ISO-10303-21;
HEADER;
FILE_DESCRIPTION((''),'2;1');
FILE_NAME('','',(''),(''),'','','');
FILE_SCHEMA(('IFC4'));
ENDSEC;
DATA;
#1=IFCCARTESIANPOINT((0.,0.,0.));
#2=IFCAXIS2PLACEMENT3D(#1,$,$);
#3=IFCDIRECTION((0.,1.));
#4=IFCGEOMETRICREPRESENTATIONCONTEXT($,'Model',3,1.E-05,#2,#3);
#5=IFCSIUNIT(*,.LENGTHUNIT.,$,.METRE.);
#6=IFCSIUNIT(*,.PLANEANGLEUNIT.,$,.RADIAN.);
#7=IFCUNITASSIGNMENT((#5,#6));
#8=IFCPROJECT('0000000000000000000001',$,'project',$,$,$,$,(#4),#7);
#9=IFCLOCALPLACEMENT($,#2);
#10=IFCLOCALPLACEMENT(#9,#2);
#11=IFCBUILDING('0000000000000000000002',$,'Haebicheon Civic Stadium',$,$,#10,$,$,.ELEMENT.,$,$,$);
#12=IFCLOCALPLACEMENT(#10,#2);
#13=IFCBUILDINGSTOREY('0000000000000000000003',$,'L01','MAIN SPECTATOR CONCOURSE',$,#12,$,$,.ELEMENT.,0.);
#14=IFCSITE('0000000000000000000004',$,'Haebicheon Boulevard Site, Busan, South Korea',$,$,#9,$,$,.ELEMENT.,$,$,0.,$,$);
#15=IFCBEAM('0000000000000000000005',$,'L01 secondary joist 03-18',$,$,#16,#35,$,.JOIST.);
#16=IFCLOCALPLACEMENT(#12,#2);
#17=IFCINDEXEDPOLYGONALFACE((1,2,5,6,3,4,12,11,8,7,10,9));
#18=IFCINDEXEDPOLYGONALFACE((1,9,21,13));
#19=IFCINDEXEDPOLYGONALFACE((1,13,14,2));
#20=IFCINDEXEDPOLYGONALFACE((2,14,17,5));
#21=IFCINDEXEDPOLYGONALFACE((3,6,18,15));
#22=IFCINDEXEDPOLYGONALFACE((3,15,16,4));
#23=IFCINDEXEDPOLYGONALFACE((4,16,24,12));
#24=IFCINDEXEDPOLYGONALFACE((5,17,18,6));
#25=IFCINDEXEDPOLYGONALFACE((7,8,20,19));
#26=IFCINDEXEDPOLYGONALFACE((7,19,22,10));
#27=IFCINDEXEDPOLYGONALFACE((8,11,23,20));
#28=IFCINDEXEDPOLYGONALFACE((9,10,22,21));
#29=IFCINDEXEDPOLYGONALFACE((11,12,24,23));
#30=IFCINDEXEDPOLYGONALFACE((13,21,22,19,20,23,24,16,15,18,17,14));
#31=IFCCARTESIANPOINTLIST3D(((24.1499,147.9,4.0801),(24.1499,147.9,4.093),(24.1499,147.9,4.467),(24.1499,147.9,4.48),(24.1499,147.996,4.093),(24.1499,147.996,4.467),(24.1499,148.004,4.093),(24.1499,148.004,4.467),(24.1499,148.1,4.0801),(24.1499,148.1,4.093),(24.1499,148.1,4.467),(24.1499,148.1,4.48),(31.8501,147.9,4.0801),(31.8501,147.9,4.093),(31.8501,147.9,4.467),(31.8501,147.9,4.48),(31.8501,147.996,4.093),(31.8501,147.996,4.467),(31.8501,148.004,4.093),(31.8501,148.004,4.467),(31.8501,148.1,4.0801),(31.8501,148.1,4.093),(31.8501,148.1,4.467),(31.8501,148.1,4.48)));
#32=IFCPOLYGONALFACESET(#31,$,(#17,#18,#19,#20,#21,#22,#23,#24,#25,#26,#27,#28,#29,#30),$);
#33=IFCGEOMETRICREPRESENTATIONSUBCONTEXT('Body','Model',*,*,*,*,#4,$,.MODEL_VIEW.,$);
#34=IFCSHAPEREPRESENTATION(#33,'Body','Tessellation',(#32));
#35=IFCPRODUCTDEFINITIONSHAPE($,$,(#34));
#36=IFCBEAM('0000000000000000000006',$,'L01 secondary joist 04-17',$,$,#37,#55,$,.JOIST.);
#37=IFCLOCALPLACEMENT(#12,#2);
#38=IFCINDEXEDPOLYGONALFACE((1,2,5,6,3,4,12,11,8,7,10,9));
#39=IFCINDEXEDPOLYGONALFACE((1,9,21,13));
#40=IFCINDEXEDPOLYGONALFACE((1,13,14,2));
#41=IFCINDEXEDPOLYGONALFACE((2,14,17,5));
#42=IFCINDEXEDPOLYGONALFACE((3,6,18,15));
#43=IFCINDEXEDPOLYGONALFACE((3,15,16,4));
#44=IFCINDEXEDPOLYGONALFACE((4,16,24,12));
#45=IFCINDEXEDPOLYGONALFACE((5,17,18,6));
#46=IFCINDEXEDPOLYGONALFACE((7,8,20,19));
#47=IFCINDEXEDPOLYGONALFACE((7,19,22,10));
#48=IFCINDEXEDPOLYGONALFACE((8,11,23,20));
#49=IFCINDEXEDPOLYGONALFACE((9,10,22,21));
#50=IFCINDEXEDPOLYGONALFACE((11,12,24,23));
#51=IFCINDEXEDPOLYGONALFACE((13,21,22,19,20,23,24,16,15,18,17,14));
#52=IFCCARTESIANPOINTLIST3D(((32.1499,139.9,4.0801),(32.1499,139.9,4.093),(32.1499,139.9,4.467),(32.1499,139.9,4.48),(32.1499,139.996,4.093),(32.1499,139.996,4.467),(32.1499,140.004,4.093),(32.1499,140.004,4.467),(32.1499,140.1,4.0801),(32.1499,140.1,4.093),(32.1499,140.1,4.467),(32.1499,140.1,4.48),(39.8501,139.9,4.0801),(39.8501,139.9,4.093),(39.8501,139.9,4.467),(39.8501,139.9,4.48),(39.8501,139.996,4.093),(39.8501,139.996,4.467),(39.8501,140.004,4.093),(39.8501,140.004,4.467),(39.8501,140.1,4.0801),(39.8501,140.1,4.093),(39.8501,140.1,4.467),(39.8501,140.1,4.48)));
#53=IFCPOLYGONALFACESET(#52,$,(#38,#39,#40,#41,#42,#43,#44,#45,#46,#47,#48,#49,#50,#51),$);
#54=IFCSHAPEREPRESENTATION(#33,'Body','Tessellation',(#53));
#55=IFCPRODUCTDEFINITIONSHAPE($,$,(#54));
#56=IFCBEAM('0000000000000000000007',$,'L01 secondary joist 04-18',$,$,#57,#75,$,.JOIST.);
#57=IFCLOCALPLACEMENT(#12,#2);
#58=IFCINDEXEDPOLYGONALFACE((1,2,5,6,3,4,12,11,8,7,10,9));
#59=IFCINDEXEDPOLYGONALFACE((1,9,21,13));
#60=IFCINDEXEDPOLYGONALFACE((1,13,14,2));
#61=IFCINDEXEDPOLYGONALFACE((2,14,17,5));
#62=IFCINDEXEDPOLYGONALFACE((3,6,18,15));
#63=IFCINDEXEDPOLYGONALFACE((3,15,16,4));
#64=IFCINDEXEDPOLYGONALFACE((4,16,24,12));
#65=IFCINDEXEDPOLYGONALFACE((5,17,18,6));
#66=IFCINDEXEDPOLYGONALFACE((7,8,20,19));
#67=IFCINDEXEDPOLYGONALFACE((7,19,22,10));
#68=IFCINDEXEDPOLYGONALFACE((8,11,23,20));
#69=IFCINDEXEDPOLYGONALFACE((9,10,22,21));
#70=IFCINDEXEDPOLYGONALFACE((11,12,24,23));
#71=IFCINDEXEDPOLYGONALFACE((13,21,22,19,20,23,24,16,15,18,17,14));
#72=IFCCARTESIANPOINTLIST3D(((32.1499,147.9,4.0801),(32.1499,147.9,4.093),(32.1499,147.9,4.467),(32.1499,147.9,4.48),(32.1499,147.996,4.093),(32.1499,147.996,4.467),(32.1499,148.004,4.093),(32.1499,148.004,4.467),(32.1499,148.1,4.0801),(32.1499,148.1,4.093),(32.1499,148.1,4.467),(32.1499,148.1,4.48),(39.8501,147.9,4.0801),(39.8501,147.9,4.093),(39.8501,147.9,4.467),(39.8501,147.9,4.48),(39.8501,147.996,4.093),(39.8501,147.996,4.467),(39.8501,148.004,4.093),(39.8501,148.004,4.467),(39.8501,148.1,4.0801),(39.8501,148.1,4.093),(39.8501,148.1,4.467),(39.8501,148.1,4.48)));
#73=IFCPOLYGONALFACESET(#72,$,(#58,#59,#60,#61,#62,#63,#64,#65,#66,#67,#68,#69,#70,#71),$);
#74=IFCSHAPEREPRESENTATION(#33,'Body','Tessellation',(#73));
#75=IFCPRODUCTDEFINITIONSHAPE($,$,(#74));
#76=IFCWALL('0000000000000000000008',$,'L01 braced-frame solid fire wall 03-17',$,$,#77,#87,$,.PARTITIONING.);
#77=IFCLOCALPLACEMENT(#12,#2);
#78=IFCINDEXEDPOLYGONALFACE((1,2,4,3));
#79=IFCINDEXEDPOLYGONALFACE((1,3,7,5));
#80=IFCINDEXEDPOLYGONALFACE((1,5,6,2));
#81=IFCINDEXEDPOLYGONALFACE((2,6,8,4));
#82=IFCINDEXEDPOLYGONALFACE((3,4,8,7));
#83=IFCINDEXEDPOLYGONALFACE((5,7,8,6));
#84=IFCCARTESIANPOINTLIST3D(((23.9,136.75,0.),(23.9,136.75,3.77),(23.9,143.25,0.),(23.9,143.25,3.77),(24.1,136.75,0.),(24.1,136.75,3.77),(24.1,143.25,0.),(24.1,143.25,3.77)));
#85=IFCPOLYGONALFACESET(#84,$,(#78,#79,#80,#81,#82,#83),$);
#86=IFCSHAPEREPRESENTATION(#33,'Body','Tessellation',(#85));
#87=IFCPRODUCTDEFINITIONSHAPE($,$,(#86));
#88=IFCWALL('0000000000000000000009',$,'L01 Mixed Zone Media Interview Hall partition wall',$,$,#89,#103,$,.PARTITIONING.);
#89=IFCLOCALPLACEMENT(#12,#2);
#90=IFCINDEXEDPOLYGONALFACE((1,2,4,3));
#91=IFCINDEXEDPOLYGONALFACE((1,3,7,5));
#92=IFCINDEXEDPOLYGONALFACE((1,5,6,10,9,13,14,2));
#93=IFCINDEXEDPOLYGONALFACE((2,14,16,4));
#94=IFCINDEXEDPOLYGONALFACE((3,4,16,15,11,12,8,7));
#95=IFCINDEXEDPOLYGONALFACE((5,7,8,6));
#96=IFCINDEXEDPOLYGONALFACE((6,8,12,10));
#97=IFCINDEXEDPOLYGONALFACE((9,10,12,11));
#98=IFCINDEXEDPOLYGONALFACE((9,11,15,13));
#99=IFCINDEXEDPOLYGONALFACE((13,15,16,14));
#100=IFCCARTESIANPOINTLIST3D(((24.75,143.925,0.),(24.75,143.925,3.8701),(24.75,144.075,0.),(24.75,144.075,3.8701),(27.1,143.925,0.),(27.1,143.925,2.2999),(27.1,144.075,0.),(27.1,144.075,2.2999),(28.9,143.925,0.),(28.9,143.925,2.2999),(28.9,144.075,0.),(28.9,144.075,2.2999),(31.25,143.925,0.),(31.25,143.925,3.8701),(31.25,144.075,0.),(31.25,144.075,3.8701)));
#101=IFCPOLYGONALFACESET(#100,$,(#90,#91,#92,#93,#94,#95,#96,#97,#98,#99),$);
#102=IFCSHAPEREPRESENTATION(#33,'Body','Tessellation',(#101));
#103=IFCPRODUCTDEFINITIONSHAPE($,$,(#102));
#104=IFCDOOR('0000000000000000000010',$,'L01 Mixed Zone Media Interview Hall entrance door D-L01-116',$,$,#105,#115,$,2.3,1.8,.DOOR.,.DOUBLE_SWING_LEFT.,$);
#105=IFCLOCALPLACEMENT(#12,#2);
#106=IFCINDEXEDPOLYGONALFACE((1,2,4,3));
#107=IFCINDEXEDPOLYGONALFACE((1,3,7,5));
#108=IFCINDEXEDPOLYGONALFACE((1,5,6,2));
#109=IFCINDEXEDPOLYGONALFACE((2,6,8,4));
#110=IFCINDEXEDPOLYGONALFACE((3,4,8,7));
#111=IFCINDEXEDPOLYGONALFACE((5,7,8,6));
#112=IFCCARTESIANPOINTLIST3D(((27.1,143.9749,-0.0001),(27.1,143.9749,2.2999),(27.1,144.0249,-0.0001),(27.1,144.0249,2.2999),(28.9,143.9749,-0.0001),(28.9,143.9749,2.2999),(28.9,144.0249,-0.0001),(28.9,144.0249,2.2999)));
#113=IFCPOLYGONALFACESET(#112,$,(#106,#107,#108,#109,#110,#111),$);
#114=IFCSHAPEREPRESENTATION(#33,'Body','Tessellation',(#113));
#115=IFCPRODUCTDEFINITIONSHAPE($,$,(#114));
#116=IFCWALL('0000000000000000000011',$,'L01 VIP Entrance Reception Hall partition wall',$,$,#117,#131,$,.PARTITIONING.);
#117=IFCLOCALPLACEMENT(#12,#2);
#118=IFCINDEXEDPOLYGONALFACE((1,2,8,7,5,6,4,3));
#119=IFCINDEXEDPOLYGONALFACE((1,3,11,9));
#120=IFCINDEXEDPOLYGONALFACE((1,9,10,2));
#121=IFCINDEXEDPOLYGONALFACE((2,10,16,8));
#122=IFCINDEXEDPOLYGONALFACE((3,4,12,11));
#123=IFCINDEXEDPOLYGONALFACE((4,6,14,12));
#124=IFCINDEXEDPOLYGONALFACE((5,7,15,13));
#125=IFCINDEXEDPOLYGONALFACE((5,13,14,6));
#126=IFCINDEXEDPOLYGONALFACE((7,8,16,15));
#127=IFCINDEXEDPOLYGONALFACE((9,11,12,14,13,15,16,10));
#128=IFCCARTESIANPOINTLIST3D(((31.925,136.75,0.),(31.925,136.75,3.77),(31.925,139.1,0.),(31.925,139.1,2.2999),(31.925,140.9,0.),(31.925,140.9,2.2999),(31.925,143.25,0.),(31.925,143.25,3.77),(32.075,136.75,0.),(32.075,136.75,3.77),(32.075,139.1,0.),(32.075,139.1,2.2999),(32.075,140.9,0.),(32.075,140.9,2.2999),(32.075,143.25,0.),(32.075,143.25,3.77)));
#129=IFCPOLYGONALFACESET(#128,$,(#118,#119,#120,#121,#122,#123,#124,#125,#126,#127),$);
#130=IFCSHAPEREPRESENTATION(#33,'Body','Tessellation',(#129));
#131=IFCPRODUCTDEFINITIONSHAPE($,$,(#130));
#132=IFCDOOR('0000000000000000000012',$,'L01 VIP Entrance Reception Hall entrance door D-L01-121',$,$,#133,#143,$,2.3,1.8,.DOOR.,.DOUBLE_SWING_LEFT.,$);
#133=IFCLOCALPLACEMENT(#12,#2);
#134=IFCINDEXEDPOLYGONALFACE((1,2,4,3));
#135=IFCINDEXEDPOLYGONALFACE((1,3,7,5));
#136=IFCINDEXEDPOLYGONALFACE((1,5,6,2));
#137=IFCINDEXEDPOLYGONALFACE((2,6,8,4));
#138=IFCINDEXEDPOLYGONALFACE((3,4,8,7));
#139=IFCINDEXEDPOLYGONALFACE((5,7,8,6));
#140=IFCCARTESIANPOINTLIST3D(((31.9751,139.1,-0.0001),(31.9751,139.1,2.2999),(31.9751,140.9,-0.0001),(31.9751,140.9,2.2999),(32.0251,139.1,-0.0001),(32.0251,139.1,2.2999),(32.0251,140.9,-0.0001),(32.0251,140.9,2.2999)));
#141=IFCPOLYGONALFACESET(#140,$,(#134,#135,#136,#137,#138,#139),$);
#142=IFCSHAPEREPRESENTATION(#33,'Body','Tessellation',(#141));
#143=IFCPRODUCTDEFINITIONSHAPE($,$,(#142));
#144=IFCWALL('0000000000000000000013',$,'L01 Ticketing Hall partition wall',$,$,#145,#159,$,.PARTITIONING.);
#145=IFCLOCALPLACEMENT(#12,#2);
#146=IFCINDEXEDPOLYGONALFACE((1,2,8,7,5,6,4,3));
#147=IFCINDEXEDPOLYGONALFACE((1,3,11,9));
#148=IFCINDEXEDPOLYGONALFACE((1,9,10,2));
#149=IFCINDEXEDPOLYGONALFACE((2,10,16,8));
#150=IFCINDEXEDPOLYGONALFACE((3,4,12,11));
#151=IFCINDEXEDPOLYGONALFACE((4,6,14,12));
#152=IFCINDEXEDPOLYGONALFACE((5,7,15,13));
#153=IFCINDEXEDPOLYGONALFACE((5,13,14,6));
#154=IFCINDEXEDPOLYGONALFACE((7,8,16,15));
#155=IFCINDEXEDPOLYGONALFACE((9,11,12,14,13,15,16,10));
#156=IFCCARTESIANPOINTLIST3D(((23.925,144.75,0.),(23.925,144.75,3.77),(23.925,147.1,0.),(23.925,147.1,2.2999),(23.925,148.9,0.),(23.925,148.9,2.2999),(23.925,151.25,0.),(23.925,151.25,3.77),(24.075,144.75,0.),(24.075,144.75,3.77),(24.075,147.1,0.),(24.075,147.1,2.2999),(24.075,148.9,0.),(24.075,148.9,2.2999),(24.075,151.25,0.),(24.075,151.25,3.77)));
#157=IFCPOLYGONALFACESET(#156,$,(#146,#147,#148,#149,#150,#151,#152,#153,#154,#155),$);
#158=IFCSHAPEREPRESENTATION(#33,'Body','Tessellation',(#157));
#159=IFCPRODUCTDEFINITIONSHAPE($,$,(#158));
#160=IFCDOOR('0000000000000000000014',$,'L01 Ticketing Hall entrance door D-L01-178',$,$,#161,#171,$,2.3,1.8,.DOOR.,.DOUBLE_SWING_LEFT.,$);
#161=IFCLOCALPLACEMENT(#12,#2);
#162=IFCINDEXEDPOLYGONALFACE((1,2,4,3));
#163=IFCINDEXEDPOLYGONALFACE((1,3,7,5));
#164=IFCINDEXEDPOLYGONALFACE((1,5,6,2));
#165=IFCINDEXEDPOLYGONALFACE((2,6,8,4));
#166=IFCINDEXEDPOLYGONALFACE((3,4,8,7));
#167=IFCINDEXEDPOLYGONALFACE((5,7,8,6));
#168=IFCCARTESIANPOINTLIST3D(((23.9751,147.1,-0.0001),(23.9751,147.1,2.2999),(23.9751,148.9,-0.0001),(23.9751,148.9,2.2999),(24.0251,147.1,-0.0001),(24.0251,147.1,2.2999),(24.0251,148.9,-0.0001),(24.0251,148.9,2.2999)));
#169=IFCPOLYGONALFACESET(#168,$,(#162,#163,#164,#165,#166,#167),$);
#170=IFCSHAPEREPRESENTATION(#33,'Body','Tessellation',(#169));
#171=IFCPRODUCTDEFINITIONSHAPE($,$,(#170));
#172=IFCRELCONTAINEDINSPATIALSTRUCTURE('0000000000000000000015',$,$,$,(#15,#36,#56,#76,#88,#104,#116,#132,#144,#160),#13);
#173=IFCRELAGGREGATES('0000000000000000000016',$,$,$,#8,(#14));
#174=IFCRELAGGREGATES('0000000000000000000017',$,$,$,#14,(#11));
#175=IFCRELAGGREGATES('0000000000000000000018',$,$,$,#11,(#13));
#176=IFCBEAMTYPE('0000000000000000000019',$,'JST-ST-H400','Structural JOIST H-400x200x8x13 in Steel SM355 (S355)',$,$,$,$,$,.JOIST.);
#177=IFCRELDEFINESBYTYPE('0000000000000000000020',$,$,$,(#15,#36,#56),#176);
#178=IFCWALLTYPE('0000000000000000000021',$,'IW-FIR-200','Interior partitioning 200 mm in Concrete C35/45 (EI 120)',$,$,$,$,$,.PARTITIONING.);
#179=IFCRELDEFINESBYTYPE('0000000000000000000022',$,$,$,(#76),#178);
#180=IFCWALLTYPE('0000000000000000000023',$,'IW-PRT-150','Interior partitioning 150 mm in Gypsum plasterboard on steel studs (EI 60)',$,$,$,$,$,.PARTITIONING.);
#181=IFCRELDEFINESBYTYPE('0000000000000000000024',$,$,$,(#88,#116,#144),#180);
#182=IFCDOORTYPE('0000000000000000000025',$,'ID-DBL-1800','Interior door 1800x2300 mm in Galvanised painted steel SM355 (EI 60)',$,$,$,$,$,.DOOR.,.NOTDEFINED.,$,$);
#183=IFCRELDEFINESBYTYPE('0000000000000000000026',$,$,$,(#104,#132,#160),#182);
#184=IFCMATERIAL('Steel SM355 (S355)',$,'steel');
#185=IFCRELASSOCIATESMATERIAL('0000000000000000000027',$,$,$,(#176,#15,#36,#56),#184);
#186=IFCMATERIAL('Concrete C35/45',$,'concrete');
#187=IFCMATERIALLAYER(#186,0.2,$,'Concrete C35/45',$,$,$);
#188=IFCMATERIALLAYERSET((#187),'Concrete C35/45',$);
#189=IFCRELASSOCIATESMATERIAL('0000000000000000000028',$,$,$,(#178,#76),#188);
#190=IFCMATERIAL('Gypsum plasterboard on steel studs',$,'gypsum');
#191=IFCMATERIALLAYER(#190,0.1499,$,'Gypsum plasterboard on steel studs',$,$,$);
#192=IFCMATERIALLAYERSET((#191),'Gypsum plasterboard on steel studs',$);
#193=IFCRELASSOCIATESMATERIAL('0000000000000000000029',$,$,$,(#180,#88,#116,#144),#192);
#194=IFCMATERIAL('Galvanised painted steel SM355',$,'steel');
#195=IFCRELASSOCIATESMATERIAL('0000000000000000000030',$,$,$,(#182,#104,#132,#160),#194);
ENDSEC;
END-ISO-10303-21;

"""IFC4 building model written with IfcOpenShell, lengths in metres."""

from ifc_helpers import new_model, si_unit, direction, frame, frame_2d, origin, origin_2d, place, context, subcontext, project, spatial, rectangle, i_section, extrude, material, layer, layer_set, material_profile, profile_set, type_object, element, fill, save


model = new_model("IFC4")

# Units and contexts
model_context = context("Model", 3, precision=1e-05, world=origin(), true_north=direction((0.0, 1.0)))
body_context = subcontext(model_context, "Body", "Model", "MODEL_VIEW")
ifc_project = project(units=[si_unit("LENGTHUNIT", "METRE"), si_unit("PLANEANGLEUNIT", "RADIAN")], contexts=[model_context])

# Site, building, storey
site_placement = place(None, origin())
site = spatial("IfcSite", under=ifc_project, at=site_placement, Name="Haebicheon Boulevard Site, Busan, South Korea", CompositionType="ELEMENT", RefElevation=0.0)
building_placement = place(site_placement, origin())
building = spatial("IfcBuilding", under=site, at=building_placement, Name="Haebicheon Civic Stadium", CompositionType="ELEMENT")
storey_placement = place(building_placement, origin())
storey = spatial("IfcBuildingStorey", under=building, at=storey_placement, Name="L01", Description="MAIN SPECTATOR CONCOURSE", CompositionType="ELEMENT", Elevation=0.0)

# Beams
ifc_material_1 = material(Name="Steel SM355 (S355)", Category="steel")
ifc_material_profile_1 = material_profile(ifc_material_1, i_section(OverallWidth=0.2, OverallDepth=0.3999, WebThickness=0.0081, FlangeThickness=0.0129, at=origin_2d()), Name="H-400x200x8x13")
ifc_profile_set_1 = profile_set([ifc_material_profile_1], Name="Steel SM355 (S355)")
beam_type_1 = type_object("IfcBeamType", Name="JST-ST-H400", Description="Structural JOIST H-400x200x8x13 in Steel SM355 (S355)", PredefinedType="JOIST", material=ifc_profile_set_1)
for number, where, z_axis, x_axis, name in (
    (1, (24.1499, 148.0, 4.28), (1.0, 0.0, 0.0), (0.0, 1.0, 0.0), "L01 secondary joist 03-18"),
    (2, (32.1499, 140.0, 4.28), (1.0, 0.0, 0.0), (0.0, 1.0, 0.0), "L01 secondary joist 04-17"),
    (3, (32.1499, 148.0, 4.28), (1.0, 0.0, 0.0), (0.0, 1.0, 0.0), "L01 secondary joist 04-18"),
):
    element("IfcBeam", number, at=place(storey_placement, frame(where, z_axis=z_axis, x_axis=x_axis)), inside=storey, type_object=beam_type_1, material=ifc_profile_set_1, Name=name, PredefinedType="JOIST", context=body_context, shape_type="SweptSolid", body=[
        extrude(i_section(OverallWidth=0.2, OverallDepth=0.3999, WebThickness=0.0081, FlangeThickness=0.0129, at=origin_2d()), origin(), (0.0, 0.0, 1.0), 7.7002),
    ])

# Wall
ifc_material_2 = material(Name="Concrete C35/45", Category="concrete")
ifc_layer_1 = layer(ifc_material_2, 0.2, Name="Concrete C35/45")
ifc_layer_set_1 = layer_set([ifc_layer_1], Name="Concrete C35/45")
wall_type_1 = type_object("IfcWallType", Name="IW-FIR-200", Description="Interior partitioning 200 mm in Concrete C35/45 (EI 120)", PredefinedType="PARTITIONING", material=ifc_layer_set_1)
wall_1_placement = place(storey_placement, frame((24.0, 136.75, 0.0), z_axis=(0.0, 0.0, 1.0), x_axis=(0.0, 1.0, 0.0)))
element("IfcWall", 4, at=wall_1_placement, inside=storey, type_object=wall_type_1, material=ifc_layer_set_1, Name="L01 braced-frame solid fire wall 03-17", PredefinedType="PARTITIONING", context=body_context, shape_type="SweptSolid", body=[
    extrude(rectangle(XDim=6.5, YDim=0.2, at=frame_2d((3.25, 0.0))), origin(), (0.0, 0.0, 1.0), 3.77),
])

# Walls, openings, doors
ifc_material_3 = material(Name="Gypsum plasterboard on steel studs", Category="gypsum")
ifc_layer_2 = layer(ifc_material_3, 0.1499, Name="Gypsum plasterboard on steel studs")
ifc_layer_set_2 = layer_set([ifc_layer_2], Name="Gypsum plasterboard on steel studs")
wall_type_2 = type_object("IfcWallType", Name="IW-PRT-150", Description="Interior partitioning 150 mm in Gypsum plasterboard on steel studs (EI 60)", PredefinedType="PARTITIONING", material=ifc_layer_set_2)
wall_2_placement = place(storey_placement, frame((24.75, 144.0, 0.0), z_axis=(0.0, 0.0, 1.0), x_axis=(1.0, 0.0, 0.0)))
wall_2 = element("IfcWall", 5, at=wall_2_placement, inside=storey, type_object=wall_type_2, material=ifc_layer_set_2, Name="L01 Mixed Zone Media Interview Hall partition wall", PredefinedType="PARTITIONING", context=body_context, shape_type="SweptSolid", body=[
    extrude(rectangle(XDim=6.5, YDim=0.1499, at=frame_2d((3.25, 0.0))), origin(), (0.0, 0.0, 1.0), 3.8701),
])
opening_1_placement = place(wall_2_placement, frame((2.3501, 0.0, 0.0)))
opening_1 = element("IfcOpeningElement", 6, at=opening_1_placement, cuts=wall_2, PredefinedType="OPENING", context=body_context, shape_type="SweptSolid", body=[
    extrude(rectangle(XDim=1.8, YDim=2.3, at=frame_2d((0.8999, 1.1499))), frame((0.0, 0.085, 0.0), z_axis=(0.0, -1.0, 0.0), x_axis=(1.0, 0.0, 0.0)), (0.0, 0.0, 1.0), 0.1699),
])
ifc_material_4 = material(Name="Galvanised painted steel SM355", Category="steel")
door_type = type_object("IfcDoorType", Name="ID-DBL-1800", Description="Interior door 1800x2300 mm in Galvanised painted steel SM355 (EI 60)", OperationType="NOTDEFINED", PredefinedType="DOOR", material=ifc_material_4)
door_1_placement = place(opening_1_placement, origin())
door_1 = element("IfcDoor", 7, at=door_1_placement, inside=storey, type_object=door_type, material=ifc_material_4, Name="L01 Mixed Zone Media Interview Hall entrance door D-L01-116", OperationType="DOUBLE_SWING_LEFT", OverallHeight=2.3, OverallWidth=1.8, PredefinedType="DOOR", context=body_context, shape_type="SweptSolid", body=[
    extrude(rectangle(XDim=1.8, YDim=2.3, at=frame_2d((0.8999, 1.1499))), frame((0.0, 0.0249, 0.0), z_axis=(0.0, -1.0, 0.0), x_axis=(1.0, 0.0, 0.0)), (0.0, 0.0, 1.0), 0.05),
])
fill(opening_1, door_1)
wall_3_placement = place(storey_placement, frame((32.0, 136.75, 0.0), z_axis=(0.0, 0.0, 1.0), x_axis=(0.0, 1.0, 0.0)))
wall_3 = element("IfcWall", 8, at=wall_3_placement, inside=storey, type_object=wall_type_2, material=ifc_layer_set_2, Name="L01 VIP Entrance Reception Hall partition wall", PredefinedType="PARTITIONING", context=body_context, shape_type="SweptSolid", body=[
    extrude(rectangle(XDim=6.5, YDim=0.1499, at=frame_2d((3.25, 0.0))), origin(), (0.0, 0.0, 1.0), 3.77),
])
opening_2_placement = place(wall_3_placement, frame((2.3501, 0.0, 0.0)))
opening_2 = element("IfcOpeningElement", 9, at=opening_2_placement, cuts=wall_3, PredefinedType="OPENING", context=body_context, shape_type="SweptSolid", body=[
    extrude(rectangle(XDim=1.8, YDim=2.3, at=frame_2d((0.8999, 1.1499))), frame((0.0, 0.085, 0.0), z_axis=(0.0, -1.0, 0.0), x_axis=(1.0, 0.0, 0.0)), (0.0, 0.0, 1.0), 0.1699),
])
door_2_placement = place(opening_2_placement, origin())
door_2 = element("IfcDoor", 10, at=door_2_placement, inside=storey, type_object=door_type, material=ifc_material_4, Name="L01 VIP Entrance Reception Hall entrance door D-L01-121", OperationType="DOUBLE_SWING_LEFT", OverallHeight=2.3, OverallWidth=1.8, PredefinedType="DOOR", context=body_context, shape_type="SweptSolid", body=[
    extrude(rectangle(XDim=1.8, YDim=2.3, at=frame_2d((0.8999, 1.1499))), frame((0.0, 0.0249, 0.0), z_axis=(0.0, -1.0, 0.0), x_axis=(1.0, 0.0, 0.0)), (0.0, 0.0, 1.0), 0.05),
])
fill(opening_2, door_2)
wall_4_placement = place(storey_placement, frame((24.0, 144.75, 0.0), z_axis=(0.0, 0.0, 1.0), x_axis=(0.0, 1.0, 0.0)))
wall_4 = element("IfcWall", 11, at=wall_4_placement, inside=storey, type_object=wall_type_2, material=ifc_layer_set_2, Name="L01 Ticketing Hall partition wall", PredefinedType="PARTITIONING", context=body_context, shape_type="SweptSolid", body=[
    extrude(rectangle(XDim=6.5, YDim=0.1499, at=frame_2d((3.25, 0.0))), origin(), (0.0, 0.0, 1.0), 3.77),
])
opening_3_placement = place(wall_4_placement, frame((2.3501, 0.0, 0.0)))
opening_3 = element("IfcOpeningElement", 12, at=opening_3_placement, cuts=wall_4, PredefinedType="OPENING", context=body_context, shape_type="SweptSolid", body=[
    extrude(rectangle(XDim=1.8, YDim=2.3, at=frame_2d((0.8999, 1.1499))), frame((0.0, 0.085, 0.0), z_axis=(0.0, -1.0, 0.0), x_axis=(1.0, 0.0, 0.0)), (0.0, 0.0, 1.0), 0.1699),
])
door_3_placement = place(opening_3_placement, origin())
door_3 = element("IfcDoor", 13, at=door_3_placement, inside=storey, type_object=door_type, material=ifc_material_4, Name="L01 Ticketing Hall entrance door D-L01-178", OperationType="DOUBLE_SWING_LEFT", OverallHeight=2.3, OverallWidth=1.8, PredefinedType="DOOR", context=body_context, shape_type="SweptSolid", body=[
    extrude(rectangle(XDim=1.8, YDim=2.3, at=frame_2d((0.8999, 1.1499))), frame((0.0, 0.0249, 0.0), z_axis=(0.0, -1.0, 0.0), x_axis=(1.0, 0.0, 0.0)), (0.0, 0.0, 1.0), 0.05),
])
fill(opening_3, door_3)

save(model, "model.ifc")
